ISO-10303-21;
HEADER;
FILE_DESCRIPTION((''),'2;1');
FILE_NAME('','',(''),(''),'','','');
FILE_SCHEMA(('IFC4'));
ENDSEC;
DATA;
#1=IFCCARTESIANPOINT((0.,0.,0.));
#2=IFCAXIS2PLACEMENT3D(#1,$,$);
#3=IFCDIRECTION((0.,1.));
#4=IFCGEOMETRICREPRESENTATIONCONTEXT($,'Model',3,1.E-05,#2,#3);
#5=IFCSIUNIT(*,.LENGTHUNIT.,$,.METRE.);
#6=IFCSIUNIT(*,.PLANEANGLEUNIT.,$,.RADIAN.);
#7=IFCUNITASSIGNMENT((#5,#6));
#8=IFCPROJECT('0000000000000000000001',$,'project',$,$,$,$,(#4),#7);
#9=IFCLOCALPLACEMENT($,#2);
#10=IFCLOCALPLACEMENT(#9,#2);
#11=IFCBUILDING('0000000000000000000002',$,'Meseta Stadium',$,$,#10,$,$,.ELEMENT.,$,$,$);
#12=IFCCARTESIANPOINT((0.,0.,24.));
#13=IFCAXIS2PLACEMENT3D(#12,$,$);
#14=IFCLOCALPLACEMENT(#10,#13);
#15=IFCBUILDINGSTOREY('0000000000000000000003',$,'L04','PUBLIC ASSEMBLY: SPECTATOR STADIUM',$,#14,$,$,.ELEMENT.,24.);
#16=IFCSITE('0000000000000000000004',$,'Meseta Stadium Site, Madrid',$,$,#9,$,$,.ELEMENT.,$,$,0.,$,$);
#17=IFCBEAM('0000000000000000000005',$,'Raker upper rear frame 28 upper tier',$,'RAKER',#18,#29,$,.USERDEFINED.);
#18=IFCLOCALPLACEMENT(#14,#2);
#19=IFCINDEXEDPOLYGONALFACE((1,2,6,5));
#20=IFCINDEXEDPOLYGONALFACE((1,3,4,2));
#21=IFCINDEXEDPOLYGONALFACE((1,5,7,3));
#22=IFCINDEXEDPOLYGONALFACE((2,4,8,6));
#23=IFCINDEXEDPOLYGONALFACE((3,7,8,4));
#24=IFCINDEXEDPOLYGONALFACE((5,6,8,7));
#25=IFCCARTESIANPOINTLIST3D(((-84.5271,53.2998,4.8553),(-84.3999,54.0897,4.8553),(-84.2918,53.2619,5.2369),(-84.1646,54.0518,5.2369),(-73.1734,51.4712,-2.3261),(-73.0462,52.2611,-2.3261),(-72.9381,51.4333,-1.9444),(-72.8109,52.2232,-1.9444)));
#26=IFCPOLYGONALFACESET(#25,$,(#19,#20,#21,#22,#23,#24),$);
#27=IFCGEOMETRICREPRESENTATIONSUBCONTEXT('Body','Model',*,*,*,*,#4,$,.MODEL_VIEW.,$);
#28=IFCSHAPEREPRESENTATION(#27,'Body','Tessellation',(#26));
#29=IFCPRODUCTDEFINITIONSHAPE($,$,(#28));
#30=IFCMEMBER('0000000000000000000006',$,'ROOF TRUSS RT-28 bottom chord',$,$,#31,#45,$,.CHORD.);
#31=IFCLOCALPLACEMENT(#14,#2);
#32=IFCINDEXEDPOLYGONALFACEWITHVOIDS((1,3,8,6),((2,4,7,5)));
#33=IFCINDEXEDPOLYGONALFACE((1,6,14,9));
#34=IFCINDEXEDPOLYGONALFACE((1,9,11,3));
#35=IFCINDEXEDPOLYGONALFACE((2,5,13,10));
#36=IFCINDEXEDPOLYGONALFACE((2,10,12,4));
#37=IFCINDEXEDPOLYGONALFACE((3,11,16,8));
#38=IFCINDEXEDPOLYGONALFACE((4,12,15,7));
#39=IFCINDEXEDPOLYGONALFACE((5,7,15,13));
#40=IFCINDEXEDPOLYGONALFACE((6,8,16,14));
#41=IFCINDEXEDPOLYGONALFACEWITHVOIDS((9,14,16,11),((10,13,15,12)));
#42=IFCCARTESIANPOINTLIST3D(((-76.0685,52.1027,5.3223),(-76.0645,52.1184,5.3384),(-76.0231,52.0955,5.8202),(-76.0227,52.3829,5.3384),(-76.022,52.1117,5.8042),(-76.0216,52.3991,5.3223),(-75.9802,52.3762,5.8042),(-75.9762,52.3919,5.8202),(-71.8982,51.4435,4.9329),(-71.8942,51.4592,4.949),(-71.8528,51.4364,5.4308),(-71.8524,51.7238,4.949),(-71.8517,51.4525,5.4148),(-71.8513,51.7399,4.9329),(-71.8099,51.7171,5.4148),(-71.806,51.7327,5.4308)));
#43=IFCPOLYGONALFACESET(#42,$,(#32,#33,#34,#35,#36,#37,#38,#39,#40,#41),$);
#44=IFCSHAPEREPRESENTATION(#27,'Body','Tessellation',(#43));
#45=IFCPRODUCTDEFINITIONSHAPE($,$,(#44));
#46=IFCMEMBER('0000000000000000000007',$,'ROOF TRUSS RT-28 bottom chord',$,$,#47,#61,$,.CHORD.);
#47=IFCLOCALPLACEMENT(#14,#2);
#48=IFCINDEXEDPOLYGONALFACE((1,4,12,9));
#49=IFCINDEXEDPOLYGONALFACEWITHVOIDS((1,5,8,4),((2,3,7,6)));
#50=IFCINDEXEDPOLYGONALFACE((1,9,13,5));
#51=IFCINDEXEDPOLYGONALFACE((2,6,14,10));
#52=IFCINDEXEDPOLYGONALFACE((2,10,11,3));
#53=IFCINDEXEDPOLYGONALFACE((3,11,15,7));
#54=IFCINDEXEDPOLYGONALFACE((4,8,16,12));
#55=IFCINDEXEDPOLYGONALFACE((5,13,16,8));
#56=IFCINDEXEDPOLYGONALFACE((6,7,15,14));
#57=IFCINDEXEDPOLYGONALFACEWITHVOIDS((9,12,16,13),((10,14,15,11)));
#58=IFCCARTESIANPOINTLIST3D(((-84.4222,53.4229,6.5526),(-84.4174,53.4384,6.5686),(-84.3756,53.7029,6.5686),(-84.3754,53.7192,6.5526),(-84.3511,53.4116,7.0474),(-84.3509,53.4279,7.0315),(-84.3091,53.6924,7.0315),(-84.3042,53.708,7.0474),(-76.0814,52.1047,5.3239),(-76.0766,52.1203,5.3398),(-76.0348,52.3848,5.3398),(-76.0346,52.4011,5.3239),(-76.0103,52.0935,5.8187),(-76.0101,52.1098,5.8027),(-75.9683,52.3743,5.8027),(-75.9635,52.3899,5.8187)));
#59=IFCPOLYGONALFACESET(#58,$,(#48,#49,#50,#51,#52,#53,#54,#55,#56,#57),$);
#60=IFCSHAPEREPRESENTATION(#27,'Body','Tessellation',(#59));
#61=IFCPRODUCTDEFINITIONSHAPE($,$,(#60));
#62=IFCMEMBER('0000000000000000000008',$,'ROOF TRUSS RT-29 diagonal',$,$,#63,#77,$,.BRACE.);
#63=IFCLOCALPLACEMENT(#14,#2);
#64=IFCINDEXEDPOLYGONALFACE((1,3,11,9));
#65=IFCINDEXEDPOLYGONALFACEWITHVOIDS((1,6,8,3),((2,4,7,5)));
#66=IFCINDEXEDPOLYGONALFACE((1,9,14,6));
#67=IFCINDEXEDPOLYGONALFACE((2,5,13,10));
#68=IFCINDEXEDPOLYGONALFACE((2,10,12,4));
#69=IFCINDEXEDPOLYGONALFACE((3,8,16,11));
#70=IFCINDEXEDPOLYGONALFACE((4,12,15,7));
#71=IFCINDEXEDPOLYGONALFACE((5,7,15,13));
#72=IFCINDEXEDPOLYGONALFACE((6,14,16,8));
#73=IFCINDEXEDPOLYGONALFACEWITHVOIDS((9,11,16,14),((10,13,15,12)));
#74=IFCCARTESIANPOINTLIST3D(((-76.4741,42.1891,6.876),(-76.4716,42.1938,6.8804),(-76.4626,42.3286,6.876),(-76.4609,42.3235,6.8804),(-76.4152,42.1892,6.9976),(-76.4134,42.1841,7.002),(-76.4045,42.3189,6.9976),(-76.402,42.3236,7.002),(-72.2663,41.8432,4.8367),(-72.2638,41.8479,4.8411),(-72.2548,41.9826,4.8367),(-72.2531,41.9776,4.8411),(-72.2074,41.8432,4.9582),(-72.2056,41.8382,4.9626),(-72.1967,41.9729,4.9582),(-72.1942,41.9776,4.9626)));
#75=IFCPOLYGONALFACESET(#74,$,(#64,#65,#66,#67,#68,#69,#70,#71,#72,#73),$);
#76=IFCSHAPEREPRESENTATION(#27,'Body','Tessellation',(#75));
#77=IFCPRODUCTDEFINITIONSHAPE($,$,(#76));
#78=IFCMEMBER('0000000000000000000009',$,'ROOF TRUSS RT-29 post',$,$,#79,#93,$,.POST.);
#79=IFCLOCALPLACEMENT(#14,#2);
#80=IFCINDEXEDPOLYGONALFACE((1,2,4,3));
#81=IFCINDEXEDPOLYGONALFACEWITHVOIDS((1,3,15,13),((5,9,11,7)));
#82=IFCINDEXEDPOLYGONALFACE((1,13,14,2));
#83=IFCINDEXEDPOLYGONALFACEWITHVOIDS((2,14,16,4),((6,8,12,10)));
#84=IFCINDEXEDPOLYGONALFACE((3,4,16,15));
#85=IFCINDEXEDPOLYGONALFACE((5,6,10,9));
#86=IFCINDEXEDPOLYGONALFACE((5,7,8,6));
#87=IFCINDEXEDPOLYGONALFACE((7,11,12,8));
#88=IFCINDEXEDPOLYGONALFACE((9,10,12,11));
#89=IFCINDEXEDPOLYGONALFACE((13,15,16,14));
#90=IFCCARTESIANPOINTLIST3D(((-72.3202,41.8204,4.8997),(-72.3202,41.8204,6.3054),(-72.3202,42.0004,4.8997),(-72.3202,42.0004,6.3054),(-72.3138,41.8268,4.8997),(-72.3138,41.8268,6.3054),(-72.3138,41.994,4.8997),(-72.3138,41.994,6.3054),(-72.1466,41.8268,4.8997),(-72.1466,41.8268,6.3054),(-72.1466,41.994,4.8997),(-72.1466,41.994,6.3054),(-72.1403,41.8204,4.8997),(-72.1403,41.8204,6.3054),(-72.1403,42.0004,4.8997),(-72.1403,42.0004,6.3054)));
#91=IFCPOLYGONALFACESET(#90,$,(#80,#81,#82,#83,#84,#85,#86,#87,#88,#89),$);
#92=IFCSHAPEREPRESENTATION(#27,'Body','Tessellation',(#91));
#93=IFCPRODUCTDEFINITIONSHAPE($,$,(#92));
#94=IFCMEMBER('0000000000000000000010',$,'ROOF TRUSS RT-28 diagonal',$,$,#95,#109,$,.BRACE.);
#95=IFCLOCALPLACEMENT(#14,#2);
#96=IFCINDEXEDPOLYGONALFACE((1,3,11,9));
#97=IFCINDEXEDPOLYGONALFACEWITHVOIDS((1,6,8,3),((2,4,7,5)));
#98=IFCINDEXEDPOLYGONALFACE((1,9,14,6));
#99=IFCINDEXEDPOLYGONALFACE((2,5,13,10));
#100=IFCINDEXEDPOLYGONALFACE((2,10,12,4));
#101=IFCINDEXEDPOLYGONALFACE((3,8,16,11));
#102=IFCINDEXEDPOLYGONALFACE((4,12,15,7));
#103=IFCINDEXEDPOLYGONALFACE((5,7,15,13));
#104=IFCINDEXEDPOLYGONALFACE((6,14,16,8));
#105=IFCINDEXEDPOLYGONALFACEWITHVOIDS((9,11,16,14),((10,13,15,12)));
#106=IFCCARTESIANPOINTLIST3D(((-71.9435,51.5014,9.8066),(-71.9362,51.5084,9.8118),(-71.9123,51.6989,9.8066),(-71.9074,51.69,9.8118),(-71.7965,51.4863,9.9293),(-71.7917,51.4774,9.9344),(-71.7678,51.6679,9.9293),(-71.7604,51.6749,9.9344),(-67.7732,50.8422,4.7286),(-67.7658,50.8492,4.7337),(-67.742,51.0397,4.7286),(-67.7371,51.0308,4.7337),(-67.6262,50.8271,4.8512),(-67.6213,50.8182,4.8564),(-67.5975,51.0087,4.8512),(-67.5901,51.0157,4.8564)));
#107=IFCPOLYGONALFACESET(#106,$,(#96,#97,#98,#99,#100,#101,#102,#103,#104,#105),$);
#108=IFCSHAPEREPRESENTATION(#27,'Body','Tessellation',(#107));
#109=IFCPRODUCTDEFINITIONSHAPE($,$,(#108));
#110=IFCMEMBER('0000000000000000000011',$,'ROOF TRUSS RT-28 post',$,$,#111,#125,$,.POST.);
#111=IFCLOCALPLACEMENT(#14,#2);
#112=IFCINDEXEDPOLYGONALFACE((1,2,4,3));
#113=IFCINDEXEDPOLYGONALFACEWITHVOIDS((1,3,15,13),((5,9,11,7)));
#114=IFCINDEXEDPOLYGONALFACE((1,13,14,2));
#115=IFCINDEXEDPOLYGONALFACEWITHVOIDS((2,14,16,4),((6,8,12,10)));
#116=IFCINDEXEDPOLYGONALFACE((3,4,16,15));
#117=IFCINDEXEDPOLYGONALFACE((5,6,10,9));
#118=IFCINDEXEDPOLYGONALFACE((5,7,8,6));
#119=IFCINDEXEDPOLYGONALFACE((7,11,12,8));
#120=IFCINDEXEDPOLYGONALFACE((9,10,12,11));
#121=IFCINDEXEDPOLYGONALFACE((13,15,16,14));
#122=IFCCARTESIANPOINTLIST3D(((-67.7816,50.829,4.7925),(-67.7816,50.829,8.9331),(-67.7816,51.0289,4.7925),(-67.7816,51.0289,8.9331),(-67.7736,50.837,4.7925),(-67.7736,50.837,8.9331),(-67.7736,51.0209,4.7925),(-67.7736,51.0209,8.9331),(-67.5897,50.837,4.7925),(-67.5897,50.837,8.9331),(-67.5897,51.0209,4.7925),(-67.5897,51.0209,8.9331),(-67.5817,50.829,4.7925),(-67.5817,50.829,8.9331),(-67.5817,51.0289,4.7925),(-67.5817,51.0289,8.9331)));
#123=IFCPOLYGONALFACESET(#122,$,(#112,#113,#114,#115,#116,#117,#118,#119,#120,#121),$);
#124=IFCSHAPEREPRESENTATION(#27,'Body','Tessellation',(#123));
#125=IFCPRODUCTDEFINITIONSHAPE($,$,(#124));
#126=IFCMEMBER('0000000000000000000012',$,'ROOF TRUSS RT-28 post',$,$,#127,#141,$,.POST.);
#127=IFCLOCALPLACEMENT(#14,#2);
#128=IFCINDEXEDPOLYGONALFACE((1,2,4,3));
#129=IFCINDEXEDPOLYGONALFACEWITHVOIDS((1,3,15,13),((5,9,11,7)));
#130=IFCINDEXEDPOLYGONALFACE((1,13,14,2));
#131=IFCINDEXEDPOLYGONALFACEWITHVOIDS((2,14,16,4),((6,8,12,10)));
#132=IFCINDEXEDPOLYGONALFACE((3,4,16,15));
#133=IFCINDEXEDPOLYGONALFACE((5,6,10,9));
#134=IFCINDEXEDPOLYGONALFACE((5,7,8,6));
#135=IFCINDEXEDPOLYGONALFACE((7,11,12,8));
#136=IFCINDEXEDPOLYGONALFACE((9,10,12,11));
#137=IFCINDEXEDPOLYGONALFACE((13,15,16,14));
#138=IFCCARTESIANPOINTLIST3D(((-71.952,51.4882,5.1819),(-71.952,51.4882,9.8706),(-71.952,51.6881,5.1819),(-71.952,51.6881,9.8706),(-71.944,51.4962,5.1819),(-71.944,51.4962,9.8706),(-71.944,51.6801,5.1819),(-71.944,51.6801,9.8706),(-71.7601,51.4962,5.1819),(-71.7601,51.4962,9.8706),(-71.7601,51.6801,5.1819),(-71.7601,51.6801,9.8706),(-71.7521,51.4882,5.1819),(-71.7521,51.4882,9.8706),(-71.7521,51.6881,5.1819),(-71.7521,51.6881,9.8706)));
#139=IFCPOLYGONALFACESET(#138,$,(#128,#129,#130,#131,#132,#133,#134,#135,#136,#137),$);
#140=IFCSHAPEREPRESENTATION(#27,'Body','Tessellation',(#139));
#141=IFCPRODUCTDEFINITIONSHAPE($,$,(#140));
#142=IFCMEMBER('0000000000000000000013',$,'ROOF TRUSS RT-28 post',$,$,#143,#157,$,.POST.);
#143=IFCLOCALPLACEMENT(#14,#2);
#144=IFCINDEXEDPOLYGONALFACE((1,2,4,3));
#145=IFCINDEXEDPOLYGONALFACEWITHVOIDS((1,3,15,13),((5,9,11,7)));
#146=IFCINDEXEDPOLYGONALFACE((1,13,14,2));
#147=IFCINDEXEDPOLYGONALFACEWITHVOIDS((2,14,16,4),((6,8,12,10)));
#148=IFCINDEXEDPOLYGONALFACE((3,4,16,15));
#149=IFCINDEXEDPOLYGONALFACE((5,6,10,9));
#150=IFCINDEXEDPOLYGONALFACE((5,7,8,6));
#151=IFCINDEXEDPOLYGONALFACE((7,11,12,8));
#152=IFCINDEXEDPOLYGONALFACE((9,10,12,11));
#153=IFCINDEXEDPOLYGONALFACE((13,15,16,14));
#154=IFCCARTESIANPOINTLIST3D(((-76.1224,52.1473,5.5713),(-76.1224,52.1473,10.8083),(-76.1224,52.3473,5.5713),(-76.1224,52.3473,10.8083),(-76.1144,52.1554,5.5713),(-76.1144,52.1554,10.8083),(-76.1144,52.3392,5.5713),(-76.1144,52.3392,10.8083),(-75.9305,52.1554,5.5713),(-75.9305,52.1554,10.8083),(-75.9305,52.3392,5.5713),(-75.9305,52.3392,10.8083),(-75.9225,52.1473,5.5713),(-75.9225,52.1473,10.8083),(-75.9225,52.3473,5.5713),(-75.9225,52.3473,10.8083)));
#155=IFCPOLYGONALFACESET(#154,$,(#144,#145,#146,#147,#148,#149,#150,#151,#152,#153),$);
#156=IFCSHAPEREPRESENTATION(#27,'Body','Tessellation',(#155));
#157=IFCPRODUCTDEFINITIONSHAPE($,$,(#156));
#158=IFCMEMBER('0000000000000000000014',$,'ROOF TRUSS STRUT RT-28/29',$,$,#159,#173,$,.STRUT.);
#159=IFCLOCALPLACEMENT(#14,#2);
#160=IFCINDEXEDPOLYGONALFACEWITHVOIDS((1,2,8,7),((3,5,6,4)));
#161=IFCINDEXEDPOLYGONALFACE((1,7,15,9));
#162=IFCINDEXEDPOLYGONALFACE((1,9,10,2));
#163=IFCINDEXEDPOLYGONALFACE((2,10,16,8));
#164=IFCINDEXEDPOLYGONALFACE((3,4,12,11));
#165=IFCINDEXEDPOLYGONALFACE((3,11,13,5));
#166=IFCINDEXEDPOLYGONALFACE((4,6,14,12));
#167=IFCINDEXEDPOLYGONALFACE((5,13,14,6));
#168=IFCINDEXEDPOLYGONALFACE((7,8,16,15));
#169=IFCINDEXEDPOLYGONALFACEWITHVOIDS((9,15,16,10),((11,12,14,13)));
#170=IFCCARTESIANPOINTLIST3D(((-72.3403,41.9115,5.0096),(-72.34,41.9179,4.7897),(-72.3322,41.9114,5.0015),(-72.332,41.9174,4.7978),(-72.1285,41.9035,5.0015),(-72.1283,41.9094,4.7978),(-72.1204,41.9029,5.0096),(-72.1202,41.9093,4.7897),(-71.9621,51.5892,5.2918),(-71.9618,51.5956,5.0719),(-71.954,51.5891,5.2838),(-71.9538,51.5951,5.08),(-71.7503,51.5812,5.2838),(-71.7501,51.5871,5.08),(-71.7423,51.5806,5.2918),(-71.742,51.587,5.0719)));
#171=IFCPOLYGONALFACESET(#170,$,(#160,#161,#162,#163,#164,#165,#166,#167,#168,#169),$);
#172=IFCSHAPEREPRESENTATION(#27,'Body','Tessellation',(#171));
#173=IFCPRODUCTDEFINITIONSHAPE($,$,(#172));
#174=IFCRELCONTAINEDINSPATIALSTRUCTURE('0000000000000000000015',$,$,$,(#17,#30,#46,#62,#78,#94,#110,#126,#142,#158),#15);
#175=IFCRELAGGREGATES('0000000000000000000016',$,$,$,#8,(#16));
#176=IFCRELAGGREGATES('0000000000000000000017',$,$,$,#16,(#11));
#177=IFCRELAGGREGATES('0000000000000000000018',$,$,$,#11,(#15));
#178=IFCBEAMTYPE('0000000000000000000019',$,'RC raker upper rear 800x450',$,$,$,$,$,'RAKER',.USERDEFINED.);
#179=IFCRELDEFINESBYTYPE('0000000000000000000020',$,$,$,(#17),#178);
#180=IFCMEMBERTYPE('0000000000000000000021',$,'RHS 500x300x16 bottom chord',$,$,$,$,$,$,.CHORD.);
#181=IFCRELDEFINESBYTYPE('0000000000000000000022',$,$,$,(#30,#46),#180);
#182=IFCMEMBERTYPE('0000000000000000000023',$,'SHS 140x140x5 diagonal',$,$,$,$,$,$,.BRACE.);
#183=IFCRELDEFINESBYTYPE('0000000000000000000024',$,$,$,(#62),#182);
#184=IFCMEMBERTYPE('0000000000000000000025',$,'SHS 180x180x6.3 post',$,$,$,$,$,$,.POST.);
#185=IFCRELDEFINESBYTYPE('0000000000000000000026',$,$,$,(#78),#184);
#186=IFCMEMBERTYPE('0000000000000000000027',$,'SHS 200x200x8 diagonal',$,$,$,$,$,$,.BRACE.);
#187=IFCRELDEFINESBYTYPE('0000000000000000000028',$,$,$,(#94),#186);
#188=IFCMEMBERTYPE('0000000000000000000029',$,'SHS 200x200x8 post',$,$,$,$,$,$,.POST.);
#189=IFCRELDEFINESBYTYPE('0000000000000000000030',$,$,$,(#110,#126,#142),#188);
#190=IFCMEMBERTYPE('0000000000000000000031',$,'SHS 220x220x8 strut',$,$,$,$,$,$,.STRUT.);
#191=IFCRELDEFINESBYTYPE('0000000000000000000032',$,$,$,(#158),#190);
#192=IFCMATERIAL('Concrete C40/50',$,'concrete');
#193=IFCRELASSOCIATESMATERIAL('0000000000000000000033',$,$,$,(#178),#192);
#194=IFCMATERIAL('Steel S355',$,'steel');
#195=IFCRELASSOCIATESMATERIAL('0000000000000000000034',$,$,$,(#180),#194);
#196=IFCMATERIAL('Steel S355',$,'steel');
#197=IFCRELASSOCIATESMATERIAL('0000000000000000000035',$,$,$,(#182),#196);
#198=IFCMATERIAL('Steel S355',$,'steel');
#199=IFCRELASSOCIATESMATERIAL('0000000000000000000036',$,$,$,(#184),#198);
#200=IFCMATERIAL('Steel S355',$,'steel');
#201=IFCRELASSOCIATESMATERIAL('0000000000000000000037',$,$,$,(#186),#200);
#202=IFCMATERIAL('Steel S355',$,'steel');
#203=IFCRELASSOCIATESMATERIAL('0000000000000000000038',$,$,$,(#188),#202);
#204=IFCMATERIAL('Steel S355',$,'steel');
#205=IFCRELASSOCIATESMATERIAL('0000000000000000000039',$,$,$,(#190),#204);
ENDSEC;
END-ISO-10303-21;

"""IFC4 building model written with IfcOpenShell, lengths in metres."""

from ifc_helpers import new_model, si_unit, direction, frame, origin, origin_2d, place, context, subcontext, project, spatial, rectangle, hollow_rectangle, extrude, material, material_profile, profile_set, type_object, element, save


model = new_model("IFC4")

# Units and contexts
model_context = context("Model", 3, precision=1e-05, world=origin(), true_north=direction((0.0, 1.0)))
body_context = subcontext(model_context, "Body", "Model", "MODEL_VIEW")
ifc_project = project(units=[si_unit("LENGTHUNIT", "METRE"), si_unit("PLANEANGLEUNIT", "RADIAN")], contexts=[model_context])

# Site, building, storey
site_placement = place(None, origin())
site = spatial("IfcSite", under=ifc_project, at=site_placement, Name="Meseta Stadium Site, Madrid", CompositionType="ELEMENT", RefElevation=0.0)
building_placement = place(site_placement, origin())
building = spatial("IfcBuilding", under=site, at=building_placement, Name="Meseta Stadium", CompositionType="ELEMENT")
storey_placement = place(building_placement, frame((0.0, 0.0, 24.0)))
storey = spatial("IfcBuildingStorey", under=building, at=storey_placement, Name="L04", Description="PUBLIC ASSEMBLY: SPECTATOR STADIUM", CompositionType="ELEMENT", Elevation=24.0)

# Beam
ifc_material_1 = material(Name="Concrete C40/50", Category="concrete")
ifc_material_profile_1 = material_profile(ifc_material_1, rectangle(XDim=0.8, YDim=0.45, at=origin_2d()), Name="RC 800x450")
ifc_profile_set_1 = profile_set([ifc_material_profile_1], Name="Concrete C40/50")
beam_type = type_object("IfcBeamType", Name="RC raker upper rear 800x450", ElementType="RAKER", PredefinedType="USERDEFINED", material=ifc_profile_set_1)
beam_placement = place(storey_placement, frame((-72.9922, 51.8472, -2.1353), z_axis=(-0.837411, 0.134872, 0.529673), x_axis=(-0.159009, -0.987277, 0.0)))
element("IfcBeam", 1, at=beam_placement, inside=storey, type_object=beam_type, Name="Raker upper rear frame 28 upper tier", ObjectType="RAKER", PredefinedType="USERDEFINED", context=body_context, shape_type="SweptSolid", body=[
    extrude(rectangle(XDim=0.8, YDim=0.45, at=origin_2d()), origin(), (0.0, 0.0, 1.0), 13.5581),
])

# Members
ifc_material_2 = material(Name="Steel S355", Category="steel")
ifc_material_profile_2 = material_profile(ifc_material_2, hollow_rectangle(XDim=0.3, YDim=0.5, WallThickness=0.0161, at=origin_2d()), Name="RHS 500x300x16")
ifc_profile_set_2 = profile_set([ifc_material_profile_2], Name="Steel S355")
member_type_1 = type_object("IfcMemberType", Name="RHS 500x300x16 bottom chord", PredefinedType="CHORD", material=ifc_profile_set_2)
member_1_placement = place(storey_placement, frame((-71.8521, 51.5881, 5.1819), z_axis=(-0.983563, 0.155463, 0.091838), x_axis=(-0.156123, -0.987738, 0.0)))
element("IfcMember", 2, at=member_1_placement, inside=storey, type_object=member_type_1, Name="ROOF TRUSS RT-28 bottom chord", PredefinedType="CHORD", context=body_context, shape_type="SweptSolid", body=[
    extrude(hollow_rectangle(XDim=0.3, YDim=0.5, WallThickness=0.0161, at=origin_2d()), origin(), (0.0, 0.0, 1.0), 4.24),
])
member_2_placement = place(storey_placement, frame((-76.0225, 52.2473, 5.5713), z_axis=(-0.977448, 0.154468, 0.143996), x_axis=(-0.156095, -0.987742, 0.0)))
element("IfcMember", 3, at=member_2_placement, inside=storey, type_object=member_type_1, Name="ROOF TRUSS RT-28 bottom chord", PredefinedType="CHORD", context=body_context, shape_type="SweptSolid", body=[
    extrude(hollow_rectangle(XDim=0.3, YDim=0.5, WallThickness=0.0161, at=origin_2d()), origin(), (0.0, 0.0, 1.0), 8.5332),
])
ifc_material_3 = material(Name="Steel S355", Category="steel")
ifc_material_profile_3 = material_profile(ifc_material_3, hollow_rectangle(XDim=0.1399, YDim=0.1399, WallThickness=0.0049, at=origin_2d()), Name="SHS 140x140x5")
ifc_profile_set_3 = profile_set([ifc_material_profile_3], Name="Steel S355")
member_type_2 = type_object("IfcMemberType", Name="SHS 140x140x5 diagonal", PredefinedType="BRACE", material=ifc_profile_set_3)
member_3_placement = place(storey_placement, frame((-72.2302, 41.9104, 4.8997), z_axis=(-0.89743, 0.073783, 0.434943), x_axis=(-0.08194, -0.996637, 0.0)))
element("IfcMember", 4, at=member_3_placement, inside=storey, type_object=member_type_2, Name="ROOF TRUSS RT-29 diagonal", PredefinedType="BRACE", context=body_context, shape_type="SweptSolid", body=[
    extrude(hollow_rectangle(XDim=0.1399, YDim=0.1399, WallThickness=0.0049, at=origin_2d()), origin(), (0.0, 0.0, 1.0), 4.6887),
])
ifc_material_4 = material(Name="Steel S355", Category="steel")
ifc_material_profile_4 = material_profile(ifc_material_4, hollow_rectangle(XDim=0.1799, YDim=0.1799, WallThickness=0.0063, at=origin_2d()), Name="SHS 180x180x6.3")
ifc_profile_set_4 = profile_set([ifc_material_profile_4], Name="Steel S355")
member_type_3 = type_object("IfcMemberType", Name="SHS 180x180x6.3 post", PredefinedType="POST", material=ifc_profile_set_4)
member_4_placement = place(storey_placement, frame((-72.2302, 41.9104, 4.8997), z_axis=(0.0, 0.0, 1.0), x_axis=(1.0, 0.0, 0.0)))
element("IfcMember", 5, at=member_4_placement, inside=storey, type_object=member_type_3, Name="ROOF TRUSS RT-29 post", PredefinedType="POST", context=body_context, shape_type="SweptSolid", body=[
    extrude(hollow_rectangle(XDim=0.1799, YDim=0.1799, WallThickness=0.0063, at=origin_2d()), origin(), (0.0, 0.0, 1.0), 1.4058),
])
ifc_material_5 = material(Name="Steel S355", Category="steel")
ifc_material_profile_5 = material_profile(ifc_material_5, hollow_rectangle(XDim=0.2, YDim=0.2, WallThickness=0.0081, at=origin_2d()), Name="SHS 200x200x8")
ifc_profile_set_5 = profile_set([ifc_material_profile_5], Name="Steel S355")
member_type_4 = type_object("IfcMemberType", Name="SHS 200x200x8 diagonal", PredefinedType="BRACE", material=ifc_profile_set_5)
member_5_placement = place(storey_placement, frame((-67.6816, 50.929, 4.7925), z_axis=(-0.631488, 0.099814, 0.768935), x_axis=(-0.156123, -0.987738, 0.0)))
element("IfcMember", 6, at=member_5_placement, inside=storey, type_object=member_type_4, Name="ROOF TRUSS RT-28 diagonal", PredefinedType="BRACE", context=body_context, shape_type="SweptSolid", body=[
    extrude(hollow_rectangle(XDim=0.2, YDim=0.2, WallThickness=0.0081, at=origin_2d()), origin(), (0.0, 0.0, 1.0), 6.604),
])
ifc_material_6 = material(Name="Steel S355", Category="steel")
ifc_material_profile_6 = material_profile(ifc_material_6, hollow_rectangle(XDim=0.2, YDim=0.2, WallThickness=0.0081, at=origin_2d()), Name="SHS 200x200x8")
ifc_profile_set_6 = profile_set([ifc_material_profile_6], Name="Steel S355")
member_type_5 = type_object("IfcMemberType", Name="SHS 200x200x8 post", PredefinedType="POST", material=ifc_profile_set_6)
member_6_placement = place(storey_placement, frame((-67.6816, 50.929, 4.7925), z_axis=(0.0, 0.0, 1.0), x_axis=(1.0, 0.0, 0.0)))
element("IfcMember", 7, at=member_6_placement, inside=storey, type_object=member_type_5, Name="ROOF TRUSS RT-28 post", PredefinedType="POST", context=body_context, shape_type="SweptSolid", body=[
    extrude(hollow_rectangle(XDim=0.2, YDim=0.2, WallThickness=0.0081, at=origin_2d()), origin(), (0.0, 0.0, 1.0), 4.1406),
])
member_7_placement = place(storey_placement, frame((-71.8521, 51.5881, 5.1819), z_axis=(0.0, 0.0, 1.0), x_axis=(1.0, 0.0, 0.0)))
element("IfcMember", 8, at=member_7_placement, inside=storey, type_object=member_type_5, Name="ROOF TRUSS RT-28 post", PredefinedType="POST", context=body_context, shape_type="SweptSolid", body=[
    extrude(hollow_rectangle(XDim=0.2, YDim=0.2, WallThickness=0.0081, at=origin_2d()), origin(), (0.0, 0.0, 1.0), 4.6887),
])
member_8_placement = place(storey_placement, frame((-76.0225, 52.2473, 5.5713), z_axis=(0.0, 0.0, 1.0), x_axis=(1.0, 0.0, 0.0)))
element("IfcMember", 9, at=member_8_placement, inside=storey, type_object=member_type_5, Name="ROOF TRUSS RT-28 post", PredefinedType="POST", context=body_context, shape_type="SweptSolid", body=[
    extrude(hollow_rectangle(XDim=0.2, YDim=0.2, WallThickness=0.0081, at=origin_2d()), origin(), (0.0, 0.0, 1.0), 5.2371),
])
ifc_material_7 = material(Name="Steel S355", Category="steel")
ifc_material_profile_7 = material_profile(ifc_material_7, hollow_rectangle(XDim=0.22, YDim=0.22, WallThickness=0.0081, at=origin_2d()), Name="SHS 220x220x8")
ifc_profile_set_7 = profile_set([ifc_material_profile_7], Name="Steel S355")
member_type_6 = type_object("IfcMemberType", Name="SHS 220x220x8 strut", PredefinedType="STRUT", material=ifc_profile_set_7)
member_9_placement = place(storey_placement, frame((-71.8521, 51.5881, 5.1819), z_axis=(-0.03903, -0.998813, -0.029128), x_axis=(0.999237, -0.039047, 0.0)))
element("IfcMember", 10, at=member_9_placement, inside=storey, type_object=member_type_6, Name="ROOF TRUSS STRUT RT-28/29", PredefinedType="STRUT", context=body_context, shape_type="SweptSolid", body=[
    extrude(hollow_rectangle(XDim=0.22, YDim=0.22, WallThickness=0.0081, at=origin_2d()), origin(), (0.0, 0.0, 1.0), 9.6892),
])

save(model, "model.ifc")
